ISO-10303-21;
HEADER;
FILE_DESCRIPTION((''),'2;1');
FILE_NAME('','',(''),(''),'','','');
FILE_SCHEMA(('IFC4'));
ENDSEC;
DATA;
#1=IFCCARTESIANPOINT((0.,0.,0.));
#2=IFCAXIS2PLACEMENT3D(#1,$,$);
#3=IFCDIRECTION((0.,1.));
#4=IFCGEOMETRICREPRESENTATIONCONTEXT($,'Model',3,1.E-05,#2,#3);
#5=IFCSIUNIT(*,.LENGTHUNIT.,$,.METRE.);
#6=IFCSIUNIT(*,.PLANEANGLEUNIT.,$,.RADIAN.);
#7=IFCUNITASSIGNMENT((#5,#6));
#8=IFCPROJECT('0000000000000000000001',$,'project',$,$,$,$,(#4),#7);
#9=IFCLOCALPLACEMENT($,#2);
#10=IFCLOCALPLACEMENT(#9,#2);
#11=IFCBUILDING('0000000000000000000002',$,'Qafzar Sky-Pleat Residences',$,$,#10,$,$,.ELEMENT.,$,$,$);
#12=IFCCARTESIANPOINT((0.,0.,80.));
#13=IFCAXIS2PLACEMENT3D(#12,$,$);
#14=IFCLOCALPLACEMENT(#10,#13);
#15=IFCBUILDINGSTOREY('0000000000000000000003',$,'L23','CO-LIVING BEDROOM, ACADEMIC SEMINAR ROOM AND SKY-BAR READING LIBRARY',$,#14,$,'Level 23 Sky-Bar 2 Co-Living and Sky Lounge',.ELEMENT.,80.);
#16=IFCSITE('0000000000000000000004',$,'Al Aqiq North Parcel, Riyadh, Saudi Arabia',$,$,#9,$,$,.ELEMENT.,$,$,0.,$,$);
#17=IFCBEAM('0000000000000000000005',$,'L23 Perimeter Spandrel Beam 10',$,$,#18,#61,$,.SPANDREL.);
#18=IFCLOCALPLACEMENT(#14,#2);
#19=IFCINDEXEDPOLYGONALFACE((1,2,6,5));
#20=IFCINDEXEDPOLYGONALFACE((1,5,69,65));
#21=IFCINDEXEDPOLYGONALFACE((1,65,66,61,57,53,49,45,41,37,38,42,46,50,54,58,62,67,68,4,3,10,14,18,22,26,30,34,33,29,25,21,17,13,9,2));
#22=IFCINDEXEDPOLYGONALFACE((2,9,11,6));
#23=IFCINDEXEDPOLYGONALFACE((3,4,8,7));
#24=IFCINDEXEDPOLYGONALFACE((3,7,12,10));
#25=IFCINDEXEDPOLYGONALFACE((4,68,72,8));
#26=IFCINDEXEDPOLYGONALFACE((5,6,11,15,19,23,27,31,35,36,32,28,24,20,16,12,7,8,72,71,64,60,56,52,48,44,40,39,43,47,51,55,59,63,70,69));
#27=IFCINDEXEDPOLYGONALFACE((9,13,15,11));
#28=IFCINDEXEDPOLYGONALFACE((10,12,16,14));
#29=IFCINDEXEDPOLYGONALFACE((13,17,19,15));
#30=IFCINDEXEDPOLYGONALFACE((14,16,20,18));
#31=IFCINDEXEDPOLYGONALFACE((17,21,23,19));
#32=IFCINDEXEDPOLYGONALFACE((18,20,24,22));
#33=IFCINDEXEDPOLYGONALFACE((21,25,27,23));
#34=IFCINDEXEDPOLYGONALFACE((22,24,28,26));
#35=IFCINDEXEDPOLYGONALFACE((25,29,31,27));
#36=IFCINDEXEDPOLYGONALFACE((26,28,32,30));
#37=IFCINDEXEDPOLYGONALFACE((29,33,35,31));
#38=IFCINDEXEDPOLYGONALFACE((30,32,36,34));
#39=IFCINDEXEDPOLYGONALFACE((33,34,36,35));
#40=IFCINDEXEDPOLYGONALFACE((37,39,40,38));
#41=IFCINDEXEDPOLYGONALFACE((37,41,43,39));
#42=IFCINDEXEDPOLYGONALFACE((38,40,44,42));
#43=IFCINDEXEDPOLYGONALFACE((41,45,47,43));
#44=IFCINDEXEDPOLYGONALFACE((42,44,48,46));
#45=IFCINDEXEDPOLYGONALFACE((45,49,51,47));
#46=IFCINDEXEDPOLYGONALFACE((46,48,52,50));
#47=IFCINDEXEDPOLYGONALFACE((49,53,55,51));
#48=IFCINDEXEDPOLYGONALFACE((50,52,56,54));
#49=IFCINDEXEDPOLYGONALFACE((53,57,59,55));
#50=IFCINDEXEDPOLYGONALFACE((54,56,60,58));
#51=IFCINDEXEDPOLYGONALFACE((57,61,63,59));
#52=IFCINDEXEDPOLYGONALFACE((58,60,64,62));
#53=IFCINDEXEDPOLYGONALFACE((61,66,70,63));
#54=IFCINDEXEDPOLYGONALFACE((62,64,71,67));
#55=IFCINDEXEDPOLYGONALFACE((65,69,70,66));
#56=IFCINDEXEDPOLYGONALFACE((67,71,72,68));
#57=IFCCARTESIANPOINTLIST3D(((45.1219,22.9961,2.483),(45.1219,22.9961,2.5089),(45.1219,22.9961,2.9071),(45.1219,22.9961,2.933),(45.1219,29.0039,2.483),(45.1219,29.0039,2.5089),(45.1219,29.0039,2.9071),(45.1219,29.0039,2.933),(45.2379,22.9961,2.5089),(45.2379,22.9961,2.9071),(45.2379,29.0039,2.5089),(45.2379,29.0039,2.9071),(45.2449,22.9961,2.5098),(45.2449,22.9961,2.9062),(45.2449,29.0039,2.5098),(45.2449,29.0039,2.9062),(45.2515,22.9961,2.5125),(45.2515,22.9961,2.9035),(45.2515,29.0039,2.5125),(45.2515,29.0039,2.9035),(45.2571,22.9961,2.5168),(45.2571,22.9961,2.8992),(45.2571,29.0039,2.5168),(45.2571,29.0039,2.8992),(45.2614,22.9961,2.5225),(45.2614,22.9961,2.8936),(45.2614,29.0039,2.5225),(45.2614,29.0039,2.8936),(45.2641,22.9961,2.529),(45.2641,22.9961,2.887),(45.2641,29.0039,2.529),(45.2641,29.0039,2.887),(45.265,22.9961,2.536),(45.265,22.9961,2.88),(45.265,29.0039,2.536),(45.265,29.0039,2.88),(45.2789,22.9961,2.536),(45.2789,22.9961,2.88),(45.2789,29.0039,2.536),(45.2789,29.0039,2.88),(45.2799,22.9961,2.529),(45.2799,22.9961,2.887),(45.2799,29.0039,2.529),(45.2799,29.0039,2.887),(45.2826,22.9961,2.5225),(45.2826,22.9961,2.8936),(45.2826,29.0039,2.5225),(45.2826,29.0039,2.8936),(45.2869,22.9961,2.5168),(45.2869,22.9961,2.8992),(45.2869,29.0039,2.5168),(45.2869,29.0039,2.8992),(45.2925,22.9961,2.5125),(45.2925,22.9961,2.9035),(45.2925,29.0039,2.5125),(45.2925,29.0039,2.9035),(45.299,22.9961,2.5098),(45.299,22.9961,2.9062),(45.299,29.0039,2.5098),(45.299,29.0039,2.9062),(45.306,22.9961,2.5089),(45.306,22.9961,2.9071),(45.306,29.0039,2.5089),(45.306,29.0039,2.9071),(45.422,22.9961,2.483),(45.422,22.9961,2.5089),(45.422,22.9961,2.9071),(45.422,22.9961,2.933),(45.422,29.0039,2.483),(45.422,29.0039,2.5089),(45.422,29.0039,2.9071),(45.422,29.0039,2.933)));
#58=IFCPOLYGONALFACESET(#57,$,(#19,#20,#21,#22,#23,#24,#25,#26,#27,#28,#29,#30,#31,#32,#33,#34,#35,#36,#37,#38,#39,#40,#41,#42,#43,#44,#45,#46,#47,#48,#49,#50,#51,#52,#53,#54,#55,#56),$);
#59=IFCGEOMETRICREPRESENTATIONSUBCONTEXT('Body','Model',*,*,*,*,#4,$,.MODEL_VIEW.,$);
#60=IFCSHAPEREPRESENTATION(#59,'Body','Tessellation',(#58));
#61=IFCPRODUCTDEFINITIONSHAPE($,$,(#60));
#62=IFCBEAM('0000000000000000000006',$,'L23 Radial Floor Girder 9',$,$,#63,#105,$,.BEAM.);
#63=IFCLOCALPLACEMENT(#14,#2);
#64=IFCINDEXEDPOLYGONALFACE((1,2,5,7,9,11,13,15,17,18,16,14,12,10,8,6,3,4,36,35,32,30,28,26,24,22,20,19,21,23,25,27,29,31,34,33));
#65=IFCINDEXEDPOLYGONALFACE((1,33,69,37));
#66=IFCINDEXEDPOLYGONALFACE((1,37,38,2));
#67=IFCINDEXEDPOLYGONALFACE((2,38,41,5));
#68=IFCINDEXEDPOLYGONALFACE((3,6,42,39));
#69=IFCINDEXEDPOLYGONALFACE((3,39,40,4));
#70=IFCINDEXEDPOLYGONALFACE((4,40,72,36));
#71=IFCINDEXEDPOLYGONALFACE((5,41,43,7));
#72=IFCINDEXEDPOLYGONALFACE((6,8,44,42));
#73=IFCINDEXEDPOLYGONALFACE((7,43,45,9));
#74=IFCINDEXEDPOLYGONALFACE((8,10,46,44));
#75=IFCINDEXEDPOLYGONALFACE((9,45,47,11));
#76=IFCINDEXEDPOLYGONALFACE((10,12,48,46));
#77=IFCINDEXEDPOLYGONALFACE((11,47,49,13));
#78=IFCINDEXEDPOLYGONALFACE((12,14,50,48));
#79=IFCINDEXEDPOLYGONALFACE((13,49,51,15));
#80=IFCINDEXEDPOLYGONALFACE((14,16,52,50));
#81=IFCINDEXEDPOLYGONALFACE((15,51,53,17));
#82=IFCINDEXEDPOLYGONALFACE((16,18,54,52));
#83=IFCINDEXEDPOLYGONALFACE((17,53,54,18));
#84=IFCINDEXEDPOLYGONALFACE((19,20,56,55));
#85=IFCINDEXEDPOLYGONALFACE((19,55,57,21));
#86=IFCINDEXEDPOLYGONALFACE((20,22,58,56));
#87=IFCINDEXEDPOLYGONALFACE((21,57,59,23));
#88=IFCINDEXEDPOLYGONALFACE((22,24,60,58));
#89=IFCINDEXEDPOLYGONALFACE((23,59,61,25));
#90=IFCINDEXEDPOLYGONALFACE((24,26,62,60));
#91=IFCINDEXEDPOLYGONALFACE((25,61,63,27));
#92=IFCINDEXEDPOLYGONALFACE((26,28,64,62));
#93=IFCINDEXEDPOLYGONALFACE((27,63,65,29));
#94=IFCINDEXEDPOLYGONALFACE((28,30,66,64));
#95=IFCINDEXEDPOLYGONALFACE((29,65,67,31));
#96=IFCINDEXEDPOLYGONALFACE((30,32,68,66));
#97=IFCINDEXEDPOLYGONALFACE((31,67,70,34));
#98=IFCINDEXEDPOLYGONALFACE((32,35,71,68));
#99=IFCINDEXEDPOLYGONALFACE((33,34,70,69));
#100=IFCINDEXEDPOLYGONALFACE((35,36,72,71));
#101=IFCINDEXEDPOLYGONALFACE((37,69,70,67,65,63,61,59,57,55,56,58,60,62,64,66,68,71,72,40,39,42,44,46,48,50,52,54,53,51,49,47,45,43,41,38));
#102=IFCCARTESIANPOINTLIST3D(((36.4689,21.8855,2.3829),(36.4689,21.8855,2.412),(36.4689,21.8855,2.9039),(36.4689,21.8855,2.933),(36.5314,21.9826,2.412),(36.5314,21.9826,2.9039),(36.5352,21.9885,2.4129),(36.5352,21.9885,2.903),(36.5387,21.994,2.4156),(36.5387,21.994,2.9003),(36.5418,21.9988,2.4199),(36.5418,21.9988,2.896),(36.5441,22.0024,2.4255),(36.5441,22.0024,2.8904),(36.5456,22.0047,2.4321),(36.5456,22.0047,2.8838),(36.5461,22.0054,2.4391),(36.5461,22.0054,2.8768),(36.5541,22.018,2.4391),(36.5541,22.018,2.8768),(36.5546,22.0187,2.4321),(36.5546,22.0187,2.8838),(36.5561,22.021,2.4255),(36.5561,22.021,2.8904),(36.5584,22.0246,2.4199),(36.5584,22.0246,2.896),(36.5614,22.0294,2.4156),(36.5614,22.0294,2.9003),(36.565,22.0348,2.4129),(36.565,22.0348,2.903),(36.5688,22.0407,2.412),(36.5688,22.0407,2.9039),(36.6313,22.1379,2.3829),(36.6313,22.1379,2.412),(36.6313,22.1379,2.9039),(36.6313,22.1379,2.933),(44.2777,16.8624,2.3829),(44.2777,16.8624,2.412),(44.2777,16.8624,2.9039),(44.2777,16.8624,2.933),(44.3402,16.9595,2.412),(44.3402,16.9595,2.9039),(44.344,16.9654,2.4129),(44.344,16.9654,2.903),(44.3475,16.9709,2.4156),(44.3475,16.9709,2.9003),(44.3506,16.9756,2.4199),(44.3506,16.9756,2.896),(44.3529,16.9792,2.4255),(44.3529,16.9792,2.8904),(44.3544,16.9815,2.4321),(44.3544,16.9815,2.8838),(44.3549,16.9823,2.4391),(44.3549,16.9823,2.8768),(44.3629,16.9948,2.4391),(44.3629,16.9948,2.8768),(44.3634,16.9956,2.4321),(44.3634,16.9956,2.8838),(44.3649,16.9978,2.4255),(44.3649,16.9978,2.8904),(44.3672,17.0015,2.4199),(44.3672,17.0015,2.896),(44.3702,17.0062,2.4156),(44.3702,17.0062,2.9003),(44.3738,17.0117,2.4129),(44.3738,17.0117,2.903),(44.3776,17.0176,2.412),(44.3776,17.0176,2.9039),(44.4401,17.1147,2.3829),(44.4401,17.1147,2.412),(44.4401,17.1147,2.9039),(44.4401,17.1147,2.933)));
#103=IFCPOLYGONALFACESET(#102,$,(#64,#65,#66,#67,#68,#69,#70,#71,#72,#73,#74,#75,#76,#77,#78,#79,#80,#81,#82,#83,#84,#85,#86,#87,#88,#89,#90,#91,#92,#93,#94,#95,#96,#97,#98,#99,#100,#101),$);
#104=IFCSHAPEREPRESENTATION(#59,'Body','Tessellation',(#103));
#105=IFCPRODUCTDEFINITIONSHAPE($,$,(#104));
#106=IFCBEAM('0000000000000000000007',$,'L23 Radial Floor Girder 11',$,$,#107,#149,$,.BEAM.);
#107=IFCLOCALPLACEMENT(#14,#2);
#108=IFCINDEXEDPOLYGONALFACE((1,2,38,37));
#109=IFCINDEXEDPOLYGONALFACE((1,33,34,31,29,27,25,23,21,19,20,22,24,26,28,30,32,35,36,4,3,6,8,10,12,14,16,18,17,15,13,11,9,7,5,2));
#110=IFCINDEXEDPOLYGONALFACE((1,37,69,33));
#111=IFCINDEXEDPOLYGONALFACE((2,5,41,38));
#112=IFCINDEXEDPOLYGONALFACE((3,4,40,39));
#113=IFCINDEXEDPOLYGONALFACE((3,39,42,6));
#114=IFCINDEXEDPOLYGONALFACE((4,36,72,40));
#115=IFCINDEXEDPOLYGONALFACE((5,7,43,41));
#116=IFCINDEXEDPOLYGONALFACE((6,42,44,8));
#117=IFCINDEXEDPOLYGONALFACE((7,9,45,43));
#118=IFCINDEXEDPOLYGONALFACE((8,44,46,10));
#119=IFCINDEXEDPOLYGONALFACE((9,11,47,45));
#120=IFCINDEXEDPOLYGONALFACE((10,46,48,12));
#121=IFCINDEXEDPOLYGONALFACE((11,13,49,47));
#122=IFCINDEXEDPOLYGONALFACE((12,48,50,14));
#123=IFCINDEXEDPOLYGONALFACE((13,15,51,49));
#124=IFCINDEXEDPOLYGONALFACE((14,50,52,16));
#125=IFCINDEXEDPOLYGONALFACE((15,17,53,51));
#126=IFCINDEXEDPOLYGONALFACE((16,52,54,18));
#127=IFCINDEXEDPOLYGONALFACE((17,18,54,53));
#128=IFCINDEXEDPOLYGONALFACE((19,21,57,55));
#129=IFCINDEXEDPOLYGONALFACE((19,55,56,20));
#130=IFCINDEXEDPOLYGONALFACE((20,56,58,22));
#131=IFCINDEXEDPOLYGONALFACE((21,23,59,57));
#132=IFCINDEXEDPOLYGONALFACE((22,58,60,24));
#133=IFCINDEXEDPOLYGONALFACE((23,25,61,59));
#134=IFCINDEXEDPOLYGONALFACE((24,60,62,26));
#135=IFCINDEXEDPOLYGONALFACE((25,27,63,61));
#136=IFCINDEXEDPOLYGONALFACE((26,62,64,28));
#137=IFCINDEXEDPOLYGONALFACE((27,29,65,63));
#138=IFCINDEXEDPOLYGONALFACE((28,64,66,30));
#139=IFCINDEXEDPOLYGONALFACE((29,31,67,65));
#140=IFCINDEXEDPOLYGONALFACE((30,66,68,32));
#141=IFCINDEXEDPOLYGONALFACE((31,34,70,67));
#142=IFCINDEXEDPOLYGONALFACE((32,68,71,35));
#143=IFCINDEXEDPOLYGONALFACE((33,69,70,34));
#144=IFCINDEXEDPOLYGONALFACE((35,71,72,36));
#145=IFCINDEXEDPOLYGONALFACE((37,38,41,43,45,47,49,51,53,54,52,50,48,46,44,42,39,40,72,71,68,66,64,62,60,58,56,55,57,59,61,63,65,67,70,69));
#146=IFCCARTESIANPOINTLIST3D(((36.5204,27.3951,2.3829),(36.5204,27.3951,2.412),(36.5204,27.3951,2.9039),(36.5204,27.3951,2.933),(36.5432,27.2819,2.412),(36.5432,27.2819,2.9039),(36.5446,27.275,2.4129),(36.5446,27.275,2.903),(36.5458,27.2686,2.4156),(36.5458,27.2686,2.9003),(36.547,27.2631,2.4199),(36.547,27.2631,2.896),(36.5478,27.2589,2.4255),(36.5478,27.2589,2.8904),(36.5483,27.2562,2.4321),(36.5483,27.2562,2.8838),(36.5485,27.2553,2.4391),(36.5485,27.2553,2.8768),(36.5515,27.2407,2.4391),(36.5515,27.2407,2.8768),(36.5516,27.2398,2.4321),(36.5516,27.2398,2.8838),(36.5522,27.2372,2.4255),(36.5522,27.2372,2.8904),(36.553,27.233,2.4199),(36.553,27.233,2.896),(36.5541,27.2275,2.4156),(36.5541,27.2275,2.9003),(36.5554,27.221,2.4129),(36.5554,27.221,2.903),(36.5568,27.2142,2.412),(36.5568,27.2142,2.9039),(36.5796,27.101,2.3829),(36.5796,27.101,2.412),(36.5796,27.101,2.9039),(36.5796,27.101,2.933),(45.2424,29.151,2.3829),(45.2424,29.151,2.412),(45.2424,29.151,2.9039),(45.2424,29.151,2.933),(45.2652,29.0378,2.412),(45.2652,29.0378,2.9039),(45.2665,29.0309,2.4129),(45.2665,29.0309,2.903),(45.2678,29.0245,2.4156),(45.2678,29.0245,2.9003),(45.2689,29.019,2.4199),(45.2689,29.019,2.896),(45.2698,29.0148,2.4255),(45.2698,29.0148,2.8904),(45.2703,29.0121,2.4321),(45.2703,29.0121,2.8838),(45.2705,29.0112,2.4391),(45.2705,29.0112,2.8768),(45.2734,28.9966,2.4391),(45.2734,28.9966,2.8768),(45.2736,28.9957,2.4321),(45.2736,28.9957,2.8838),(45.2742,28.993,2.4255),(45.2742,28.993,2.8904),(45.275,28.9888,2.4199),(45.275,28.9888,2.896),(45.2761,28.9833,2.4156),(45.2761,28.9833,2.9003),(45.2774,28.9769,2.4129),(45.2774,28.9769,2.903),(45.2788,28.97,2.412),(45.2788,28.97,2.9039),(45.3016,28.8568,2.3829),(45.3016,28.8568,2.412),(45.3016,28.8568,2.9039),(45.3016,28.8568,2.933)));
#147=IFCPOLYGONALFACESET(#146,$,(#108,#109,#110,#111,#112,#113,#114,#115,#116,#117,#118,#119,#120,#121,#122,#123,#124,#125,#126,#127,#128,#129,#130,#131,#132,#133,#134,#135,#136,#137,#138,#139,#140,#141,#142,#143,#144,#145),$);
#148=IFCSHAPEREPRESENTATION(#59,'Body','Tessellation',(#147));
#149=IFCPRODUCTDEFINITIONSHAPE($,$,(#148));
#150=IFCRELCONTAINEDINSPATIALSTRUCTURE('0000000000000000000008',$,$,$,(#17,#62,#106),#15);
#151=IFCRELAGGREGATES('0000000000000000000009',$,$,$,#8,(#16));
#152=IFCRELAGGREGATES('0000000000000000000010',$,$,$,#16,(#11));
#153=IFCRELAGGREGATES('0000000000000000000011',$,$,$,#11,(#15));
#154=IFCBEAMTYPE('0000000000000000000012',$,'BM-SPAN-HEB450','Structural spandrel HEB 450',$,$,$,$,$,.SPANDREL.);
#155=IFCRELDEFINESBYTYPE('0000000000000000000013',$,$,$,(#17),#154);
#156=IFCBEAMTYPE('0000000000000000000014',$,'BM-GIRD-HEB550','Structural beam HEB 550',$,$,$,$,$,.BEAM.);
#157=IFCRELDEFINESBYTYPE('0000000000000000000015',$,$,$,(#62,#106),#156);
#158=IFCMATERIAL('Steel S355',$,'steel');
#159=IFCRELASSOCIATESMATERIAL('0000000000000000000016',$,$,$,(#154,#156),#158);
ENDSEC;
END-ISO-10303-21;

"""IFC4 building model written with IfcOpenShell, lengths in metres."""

from ifc_helpers import new_model, si_unit, direction, frame, origin, origin_2d, place, context, subcontext, project, spatial, i_section, extrude, source, transform, mapped, material, material_profile, profile_set, type_object, element, save


model = new_model("IFC4")

# Units and contexts
model_context = context("Model", 3, precision=1e-05, world=origin(), true_north=direction((0.0, 1.0)))
body_context = subcontext(model_context, "Body", "Model", "MODEL_VIEW")
ifc_project = project(units=[si_unit("LENGTHUNIT", "METRE"), si_unit("PLANEANGLEUNIT", "RADIAN")], contexts=[model_context])

# Site, building, storey
site_placement = place(None, origin())
site = spatial("IfcSite", under=ifc_project, at=site_placement, Name="Al Aqiq North Parcel, Riyadh, Saudi Arabia", CompositionType="ELEMENT", RefElevation=0.0)
building_placement = place(site_placement, origin())
building = spatial("IfcBuilding", under=site, at=building_placement, Name="Qafzar Sky-Pleat Residences", CompositionType="ELEMENT")
storey_placement = place(building_placement, frame((0.0, 0.0, 80.0)))
storey = spatial("IfcBuildingStorey", under=building, at=storey_placement, Name="L23", Description="CO-LIVING BEDROOM, ACADEMIC SEMINAR ROOM AND SKY-BAR READING LIBRARY", LongName="Level 23 Sky-Bar 2 Co-Living and Sky Lounge", CompositionType="ELEMENT", Elevation=80.0)

# Beams
ifc_material_1 = material(Name="Steel S355", Category="steel")
ifc_material_profile_1 = material_profile(ifc_material_1, i_section(OverallWidth=0.3, OverallDepth=0.45, WebThickness=0.0139, FlangeThickness=0.0259, FilletRadius=0.0271, at=origin_2d()), Name="HEB 450")
ifc_profile_set_1 = profile_set([ifc_material_profile_1], Name="Steel S355")
beam_type_1 = type_object("IfcBeamType", Name="BM-SPAN-HEB450", Description="Structural spandrel HEB 450", PredefinedType="SPANDREL", material=ifc_profile_set_1)
shared_shape_1 = source(origin(), body_context, "Body", "SweptSolid", [
    extrude(i_section(OverallWidth=0.3, OverallDepth=0.45, WebThickness=0.0139, FlangeThickness=0.0259, FilletRadius=0.0271, at=origin_2d()), origin(), (0.0, 0.0, 1.0), 6.0078),
])
beam_1_placement = place(storey_placement, frame((45.272, 22.9961, 2.708), z_axis=(0.0, 1.0, 0.0), x_axis=(-1.0, 0.0, 0.0)))
element("IfcBeam", 1, at=beam_1_placement, inside=storey, type_object=beam_type_1, Name="L23 Perimeter Spandrel Beam 10", PredefinedType="SPANDREL", context=body_context, shape_type="MappedRepresentation", body=[
    mapped(shared_shape_1, transform((0.0, 0.0, 0.0), x_axis=(1.0, 0.0, 0.0), y_axis=(0.0, 1.0, 0.0), z_axis=(0.0, 0.0, 1.0), scale=1.0)),
])
ifc_material_profile_2 = material_profile(ifc_material_1, i_section(OverallWidth=0.3, OverallDepth=0.55, WebThickness=0.0149, FlangeThickness=0.0291, FilletRadius=0.0271, at=origin_2d()), Name="HEB 550")
ifc_profile_set_2 = profile_set([ifc_material_profile_2], Name="Steel S355")
beam_type_2 = type_object("IfcBeamType", Name="BM-GIRD-HEB550", Description="Structural beam HEB 550", PredefinedType="BEAM", material=ifc_profile_set_2)
shared_shape_2 = source(origin(), body_context, "Body", "SweptSolid", [
    extrude(i_section(OverallWidth=0.3, OverallDepth=0.55, WebThickness=0.0149, FlangeThickness=0.0291, FilletRadius=0.0271, at=origin_2d()), origin(), (0.0, 0.0, 1.0), 9.2849),
])
beam_2_placement = place(storey_placement, frame((44.3589, 16.9885, 2.658), z_axis=(-0.84102, 0.541003, 0.0), x_axis=(-0.541003, -0.84102, 0.0)))
element("IfcBeam", 2, at=beam_2_placement, inside=storey, type_object=beam_type_2, Name="L23 Radial Floor Girder 9", PredefinedType="BEAM", context=body_context, shape_type="MappedRepresentation", body=[
    mapped(shared_shape_2, transform((0.0, 0.0, 0.0), x_axis=(1.0, 0.0, 0.0), y_axis=(0.0, 1.0, 0.0), z_axis=(0.0, 0.0, 1.0), scale=1.0)),
])
shared_shape_3 = source(origin(), body_context, "Body", "SweptSolid", [
    extrude(i_section(OverallWidth=0.3, OverallDepth=0.55, WebThickness=0.0149, FlangeThickness=0.0291, FilletRadius=0.0271, at=origin_2d()), origin(), (0.0, 0.0, 1.0), 8.897),
])
beam_3_placement = place(storey_placement, frame((45.272, 29.0039, 2.658), z_axis=(-0.980332, -0.197356, 0.0), x_axis=(0.197356, -0.980332, 0.0)))
element("IfcBeam", 3, at=beam_3_placement, inside=storey, type_object=beam_type_2, Name="L23 Radial Floor Girder 11", PredefinedType="BEAM", context=body_context, shape_type="MappedRepresentation", body=[
    mapped(shared_shape_3, transform((0.0, 0.0, 0.0), x_axis=(1.0, 0.0, 0.0), y_axis=(0.0, 1.0, 0.0), z_axis=(0.0, 0.0, 1.0), scale=1.0)),
])

save(model, "model.ifc")
